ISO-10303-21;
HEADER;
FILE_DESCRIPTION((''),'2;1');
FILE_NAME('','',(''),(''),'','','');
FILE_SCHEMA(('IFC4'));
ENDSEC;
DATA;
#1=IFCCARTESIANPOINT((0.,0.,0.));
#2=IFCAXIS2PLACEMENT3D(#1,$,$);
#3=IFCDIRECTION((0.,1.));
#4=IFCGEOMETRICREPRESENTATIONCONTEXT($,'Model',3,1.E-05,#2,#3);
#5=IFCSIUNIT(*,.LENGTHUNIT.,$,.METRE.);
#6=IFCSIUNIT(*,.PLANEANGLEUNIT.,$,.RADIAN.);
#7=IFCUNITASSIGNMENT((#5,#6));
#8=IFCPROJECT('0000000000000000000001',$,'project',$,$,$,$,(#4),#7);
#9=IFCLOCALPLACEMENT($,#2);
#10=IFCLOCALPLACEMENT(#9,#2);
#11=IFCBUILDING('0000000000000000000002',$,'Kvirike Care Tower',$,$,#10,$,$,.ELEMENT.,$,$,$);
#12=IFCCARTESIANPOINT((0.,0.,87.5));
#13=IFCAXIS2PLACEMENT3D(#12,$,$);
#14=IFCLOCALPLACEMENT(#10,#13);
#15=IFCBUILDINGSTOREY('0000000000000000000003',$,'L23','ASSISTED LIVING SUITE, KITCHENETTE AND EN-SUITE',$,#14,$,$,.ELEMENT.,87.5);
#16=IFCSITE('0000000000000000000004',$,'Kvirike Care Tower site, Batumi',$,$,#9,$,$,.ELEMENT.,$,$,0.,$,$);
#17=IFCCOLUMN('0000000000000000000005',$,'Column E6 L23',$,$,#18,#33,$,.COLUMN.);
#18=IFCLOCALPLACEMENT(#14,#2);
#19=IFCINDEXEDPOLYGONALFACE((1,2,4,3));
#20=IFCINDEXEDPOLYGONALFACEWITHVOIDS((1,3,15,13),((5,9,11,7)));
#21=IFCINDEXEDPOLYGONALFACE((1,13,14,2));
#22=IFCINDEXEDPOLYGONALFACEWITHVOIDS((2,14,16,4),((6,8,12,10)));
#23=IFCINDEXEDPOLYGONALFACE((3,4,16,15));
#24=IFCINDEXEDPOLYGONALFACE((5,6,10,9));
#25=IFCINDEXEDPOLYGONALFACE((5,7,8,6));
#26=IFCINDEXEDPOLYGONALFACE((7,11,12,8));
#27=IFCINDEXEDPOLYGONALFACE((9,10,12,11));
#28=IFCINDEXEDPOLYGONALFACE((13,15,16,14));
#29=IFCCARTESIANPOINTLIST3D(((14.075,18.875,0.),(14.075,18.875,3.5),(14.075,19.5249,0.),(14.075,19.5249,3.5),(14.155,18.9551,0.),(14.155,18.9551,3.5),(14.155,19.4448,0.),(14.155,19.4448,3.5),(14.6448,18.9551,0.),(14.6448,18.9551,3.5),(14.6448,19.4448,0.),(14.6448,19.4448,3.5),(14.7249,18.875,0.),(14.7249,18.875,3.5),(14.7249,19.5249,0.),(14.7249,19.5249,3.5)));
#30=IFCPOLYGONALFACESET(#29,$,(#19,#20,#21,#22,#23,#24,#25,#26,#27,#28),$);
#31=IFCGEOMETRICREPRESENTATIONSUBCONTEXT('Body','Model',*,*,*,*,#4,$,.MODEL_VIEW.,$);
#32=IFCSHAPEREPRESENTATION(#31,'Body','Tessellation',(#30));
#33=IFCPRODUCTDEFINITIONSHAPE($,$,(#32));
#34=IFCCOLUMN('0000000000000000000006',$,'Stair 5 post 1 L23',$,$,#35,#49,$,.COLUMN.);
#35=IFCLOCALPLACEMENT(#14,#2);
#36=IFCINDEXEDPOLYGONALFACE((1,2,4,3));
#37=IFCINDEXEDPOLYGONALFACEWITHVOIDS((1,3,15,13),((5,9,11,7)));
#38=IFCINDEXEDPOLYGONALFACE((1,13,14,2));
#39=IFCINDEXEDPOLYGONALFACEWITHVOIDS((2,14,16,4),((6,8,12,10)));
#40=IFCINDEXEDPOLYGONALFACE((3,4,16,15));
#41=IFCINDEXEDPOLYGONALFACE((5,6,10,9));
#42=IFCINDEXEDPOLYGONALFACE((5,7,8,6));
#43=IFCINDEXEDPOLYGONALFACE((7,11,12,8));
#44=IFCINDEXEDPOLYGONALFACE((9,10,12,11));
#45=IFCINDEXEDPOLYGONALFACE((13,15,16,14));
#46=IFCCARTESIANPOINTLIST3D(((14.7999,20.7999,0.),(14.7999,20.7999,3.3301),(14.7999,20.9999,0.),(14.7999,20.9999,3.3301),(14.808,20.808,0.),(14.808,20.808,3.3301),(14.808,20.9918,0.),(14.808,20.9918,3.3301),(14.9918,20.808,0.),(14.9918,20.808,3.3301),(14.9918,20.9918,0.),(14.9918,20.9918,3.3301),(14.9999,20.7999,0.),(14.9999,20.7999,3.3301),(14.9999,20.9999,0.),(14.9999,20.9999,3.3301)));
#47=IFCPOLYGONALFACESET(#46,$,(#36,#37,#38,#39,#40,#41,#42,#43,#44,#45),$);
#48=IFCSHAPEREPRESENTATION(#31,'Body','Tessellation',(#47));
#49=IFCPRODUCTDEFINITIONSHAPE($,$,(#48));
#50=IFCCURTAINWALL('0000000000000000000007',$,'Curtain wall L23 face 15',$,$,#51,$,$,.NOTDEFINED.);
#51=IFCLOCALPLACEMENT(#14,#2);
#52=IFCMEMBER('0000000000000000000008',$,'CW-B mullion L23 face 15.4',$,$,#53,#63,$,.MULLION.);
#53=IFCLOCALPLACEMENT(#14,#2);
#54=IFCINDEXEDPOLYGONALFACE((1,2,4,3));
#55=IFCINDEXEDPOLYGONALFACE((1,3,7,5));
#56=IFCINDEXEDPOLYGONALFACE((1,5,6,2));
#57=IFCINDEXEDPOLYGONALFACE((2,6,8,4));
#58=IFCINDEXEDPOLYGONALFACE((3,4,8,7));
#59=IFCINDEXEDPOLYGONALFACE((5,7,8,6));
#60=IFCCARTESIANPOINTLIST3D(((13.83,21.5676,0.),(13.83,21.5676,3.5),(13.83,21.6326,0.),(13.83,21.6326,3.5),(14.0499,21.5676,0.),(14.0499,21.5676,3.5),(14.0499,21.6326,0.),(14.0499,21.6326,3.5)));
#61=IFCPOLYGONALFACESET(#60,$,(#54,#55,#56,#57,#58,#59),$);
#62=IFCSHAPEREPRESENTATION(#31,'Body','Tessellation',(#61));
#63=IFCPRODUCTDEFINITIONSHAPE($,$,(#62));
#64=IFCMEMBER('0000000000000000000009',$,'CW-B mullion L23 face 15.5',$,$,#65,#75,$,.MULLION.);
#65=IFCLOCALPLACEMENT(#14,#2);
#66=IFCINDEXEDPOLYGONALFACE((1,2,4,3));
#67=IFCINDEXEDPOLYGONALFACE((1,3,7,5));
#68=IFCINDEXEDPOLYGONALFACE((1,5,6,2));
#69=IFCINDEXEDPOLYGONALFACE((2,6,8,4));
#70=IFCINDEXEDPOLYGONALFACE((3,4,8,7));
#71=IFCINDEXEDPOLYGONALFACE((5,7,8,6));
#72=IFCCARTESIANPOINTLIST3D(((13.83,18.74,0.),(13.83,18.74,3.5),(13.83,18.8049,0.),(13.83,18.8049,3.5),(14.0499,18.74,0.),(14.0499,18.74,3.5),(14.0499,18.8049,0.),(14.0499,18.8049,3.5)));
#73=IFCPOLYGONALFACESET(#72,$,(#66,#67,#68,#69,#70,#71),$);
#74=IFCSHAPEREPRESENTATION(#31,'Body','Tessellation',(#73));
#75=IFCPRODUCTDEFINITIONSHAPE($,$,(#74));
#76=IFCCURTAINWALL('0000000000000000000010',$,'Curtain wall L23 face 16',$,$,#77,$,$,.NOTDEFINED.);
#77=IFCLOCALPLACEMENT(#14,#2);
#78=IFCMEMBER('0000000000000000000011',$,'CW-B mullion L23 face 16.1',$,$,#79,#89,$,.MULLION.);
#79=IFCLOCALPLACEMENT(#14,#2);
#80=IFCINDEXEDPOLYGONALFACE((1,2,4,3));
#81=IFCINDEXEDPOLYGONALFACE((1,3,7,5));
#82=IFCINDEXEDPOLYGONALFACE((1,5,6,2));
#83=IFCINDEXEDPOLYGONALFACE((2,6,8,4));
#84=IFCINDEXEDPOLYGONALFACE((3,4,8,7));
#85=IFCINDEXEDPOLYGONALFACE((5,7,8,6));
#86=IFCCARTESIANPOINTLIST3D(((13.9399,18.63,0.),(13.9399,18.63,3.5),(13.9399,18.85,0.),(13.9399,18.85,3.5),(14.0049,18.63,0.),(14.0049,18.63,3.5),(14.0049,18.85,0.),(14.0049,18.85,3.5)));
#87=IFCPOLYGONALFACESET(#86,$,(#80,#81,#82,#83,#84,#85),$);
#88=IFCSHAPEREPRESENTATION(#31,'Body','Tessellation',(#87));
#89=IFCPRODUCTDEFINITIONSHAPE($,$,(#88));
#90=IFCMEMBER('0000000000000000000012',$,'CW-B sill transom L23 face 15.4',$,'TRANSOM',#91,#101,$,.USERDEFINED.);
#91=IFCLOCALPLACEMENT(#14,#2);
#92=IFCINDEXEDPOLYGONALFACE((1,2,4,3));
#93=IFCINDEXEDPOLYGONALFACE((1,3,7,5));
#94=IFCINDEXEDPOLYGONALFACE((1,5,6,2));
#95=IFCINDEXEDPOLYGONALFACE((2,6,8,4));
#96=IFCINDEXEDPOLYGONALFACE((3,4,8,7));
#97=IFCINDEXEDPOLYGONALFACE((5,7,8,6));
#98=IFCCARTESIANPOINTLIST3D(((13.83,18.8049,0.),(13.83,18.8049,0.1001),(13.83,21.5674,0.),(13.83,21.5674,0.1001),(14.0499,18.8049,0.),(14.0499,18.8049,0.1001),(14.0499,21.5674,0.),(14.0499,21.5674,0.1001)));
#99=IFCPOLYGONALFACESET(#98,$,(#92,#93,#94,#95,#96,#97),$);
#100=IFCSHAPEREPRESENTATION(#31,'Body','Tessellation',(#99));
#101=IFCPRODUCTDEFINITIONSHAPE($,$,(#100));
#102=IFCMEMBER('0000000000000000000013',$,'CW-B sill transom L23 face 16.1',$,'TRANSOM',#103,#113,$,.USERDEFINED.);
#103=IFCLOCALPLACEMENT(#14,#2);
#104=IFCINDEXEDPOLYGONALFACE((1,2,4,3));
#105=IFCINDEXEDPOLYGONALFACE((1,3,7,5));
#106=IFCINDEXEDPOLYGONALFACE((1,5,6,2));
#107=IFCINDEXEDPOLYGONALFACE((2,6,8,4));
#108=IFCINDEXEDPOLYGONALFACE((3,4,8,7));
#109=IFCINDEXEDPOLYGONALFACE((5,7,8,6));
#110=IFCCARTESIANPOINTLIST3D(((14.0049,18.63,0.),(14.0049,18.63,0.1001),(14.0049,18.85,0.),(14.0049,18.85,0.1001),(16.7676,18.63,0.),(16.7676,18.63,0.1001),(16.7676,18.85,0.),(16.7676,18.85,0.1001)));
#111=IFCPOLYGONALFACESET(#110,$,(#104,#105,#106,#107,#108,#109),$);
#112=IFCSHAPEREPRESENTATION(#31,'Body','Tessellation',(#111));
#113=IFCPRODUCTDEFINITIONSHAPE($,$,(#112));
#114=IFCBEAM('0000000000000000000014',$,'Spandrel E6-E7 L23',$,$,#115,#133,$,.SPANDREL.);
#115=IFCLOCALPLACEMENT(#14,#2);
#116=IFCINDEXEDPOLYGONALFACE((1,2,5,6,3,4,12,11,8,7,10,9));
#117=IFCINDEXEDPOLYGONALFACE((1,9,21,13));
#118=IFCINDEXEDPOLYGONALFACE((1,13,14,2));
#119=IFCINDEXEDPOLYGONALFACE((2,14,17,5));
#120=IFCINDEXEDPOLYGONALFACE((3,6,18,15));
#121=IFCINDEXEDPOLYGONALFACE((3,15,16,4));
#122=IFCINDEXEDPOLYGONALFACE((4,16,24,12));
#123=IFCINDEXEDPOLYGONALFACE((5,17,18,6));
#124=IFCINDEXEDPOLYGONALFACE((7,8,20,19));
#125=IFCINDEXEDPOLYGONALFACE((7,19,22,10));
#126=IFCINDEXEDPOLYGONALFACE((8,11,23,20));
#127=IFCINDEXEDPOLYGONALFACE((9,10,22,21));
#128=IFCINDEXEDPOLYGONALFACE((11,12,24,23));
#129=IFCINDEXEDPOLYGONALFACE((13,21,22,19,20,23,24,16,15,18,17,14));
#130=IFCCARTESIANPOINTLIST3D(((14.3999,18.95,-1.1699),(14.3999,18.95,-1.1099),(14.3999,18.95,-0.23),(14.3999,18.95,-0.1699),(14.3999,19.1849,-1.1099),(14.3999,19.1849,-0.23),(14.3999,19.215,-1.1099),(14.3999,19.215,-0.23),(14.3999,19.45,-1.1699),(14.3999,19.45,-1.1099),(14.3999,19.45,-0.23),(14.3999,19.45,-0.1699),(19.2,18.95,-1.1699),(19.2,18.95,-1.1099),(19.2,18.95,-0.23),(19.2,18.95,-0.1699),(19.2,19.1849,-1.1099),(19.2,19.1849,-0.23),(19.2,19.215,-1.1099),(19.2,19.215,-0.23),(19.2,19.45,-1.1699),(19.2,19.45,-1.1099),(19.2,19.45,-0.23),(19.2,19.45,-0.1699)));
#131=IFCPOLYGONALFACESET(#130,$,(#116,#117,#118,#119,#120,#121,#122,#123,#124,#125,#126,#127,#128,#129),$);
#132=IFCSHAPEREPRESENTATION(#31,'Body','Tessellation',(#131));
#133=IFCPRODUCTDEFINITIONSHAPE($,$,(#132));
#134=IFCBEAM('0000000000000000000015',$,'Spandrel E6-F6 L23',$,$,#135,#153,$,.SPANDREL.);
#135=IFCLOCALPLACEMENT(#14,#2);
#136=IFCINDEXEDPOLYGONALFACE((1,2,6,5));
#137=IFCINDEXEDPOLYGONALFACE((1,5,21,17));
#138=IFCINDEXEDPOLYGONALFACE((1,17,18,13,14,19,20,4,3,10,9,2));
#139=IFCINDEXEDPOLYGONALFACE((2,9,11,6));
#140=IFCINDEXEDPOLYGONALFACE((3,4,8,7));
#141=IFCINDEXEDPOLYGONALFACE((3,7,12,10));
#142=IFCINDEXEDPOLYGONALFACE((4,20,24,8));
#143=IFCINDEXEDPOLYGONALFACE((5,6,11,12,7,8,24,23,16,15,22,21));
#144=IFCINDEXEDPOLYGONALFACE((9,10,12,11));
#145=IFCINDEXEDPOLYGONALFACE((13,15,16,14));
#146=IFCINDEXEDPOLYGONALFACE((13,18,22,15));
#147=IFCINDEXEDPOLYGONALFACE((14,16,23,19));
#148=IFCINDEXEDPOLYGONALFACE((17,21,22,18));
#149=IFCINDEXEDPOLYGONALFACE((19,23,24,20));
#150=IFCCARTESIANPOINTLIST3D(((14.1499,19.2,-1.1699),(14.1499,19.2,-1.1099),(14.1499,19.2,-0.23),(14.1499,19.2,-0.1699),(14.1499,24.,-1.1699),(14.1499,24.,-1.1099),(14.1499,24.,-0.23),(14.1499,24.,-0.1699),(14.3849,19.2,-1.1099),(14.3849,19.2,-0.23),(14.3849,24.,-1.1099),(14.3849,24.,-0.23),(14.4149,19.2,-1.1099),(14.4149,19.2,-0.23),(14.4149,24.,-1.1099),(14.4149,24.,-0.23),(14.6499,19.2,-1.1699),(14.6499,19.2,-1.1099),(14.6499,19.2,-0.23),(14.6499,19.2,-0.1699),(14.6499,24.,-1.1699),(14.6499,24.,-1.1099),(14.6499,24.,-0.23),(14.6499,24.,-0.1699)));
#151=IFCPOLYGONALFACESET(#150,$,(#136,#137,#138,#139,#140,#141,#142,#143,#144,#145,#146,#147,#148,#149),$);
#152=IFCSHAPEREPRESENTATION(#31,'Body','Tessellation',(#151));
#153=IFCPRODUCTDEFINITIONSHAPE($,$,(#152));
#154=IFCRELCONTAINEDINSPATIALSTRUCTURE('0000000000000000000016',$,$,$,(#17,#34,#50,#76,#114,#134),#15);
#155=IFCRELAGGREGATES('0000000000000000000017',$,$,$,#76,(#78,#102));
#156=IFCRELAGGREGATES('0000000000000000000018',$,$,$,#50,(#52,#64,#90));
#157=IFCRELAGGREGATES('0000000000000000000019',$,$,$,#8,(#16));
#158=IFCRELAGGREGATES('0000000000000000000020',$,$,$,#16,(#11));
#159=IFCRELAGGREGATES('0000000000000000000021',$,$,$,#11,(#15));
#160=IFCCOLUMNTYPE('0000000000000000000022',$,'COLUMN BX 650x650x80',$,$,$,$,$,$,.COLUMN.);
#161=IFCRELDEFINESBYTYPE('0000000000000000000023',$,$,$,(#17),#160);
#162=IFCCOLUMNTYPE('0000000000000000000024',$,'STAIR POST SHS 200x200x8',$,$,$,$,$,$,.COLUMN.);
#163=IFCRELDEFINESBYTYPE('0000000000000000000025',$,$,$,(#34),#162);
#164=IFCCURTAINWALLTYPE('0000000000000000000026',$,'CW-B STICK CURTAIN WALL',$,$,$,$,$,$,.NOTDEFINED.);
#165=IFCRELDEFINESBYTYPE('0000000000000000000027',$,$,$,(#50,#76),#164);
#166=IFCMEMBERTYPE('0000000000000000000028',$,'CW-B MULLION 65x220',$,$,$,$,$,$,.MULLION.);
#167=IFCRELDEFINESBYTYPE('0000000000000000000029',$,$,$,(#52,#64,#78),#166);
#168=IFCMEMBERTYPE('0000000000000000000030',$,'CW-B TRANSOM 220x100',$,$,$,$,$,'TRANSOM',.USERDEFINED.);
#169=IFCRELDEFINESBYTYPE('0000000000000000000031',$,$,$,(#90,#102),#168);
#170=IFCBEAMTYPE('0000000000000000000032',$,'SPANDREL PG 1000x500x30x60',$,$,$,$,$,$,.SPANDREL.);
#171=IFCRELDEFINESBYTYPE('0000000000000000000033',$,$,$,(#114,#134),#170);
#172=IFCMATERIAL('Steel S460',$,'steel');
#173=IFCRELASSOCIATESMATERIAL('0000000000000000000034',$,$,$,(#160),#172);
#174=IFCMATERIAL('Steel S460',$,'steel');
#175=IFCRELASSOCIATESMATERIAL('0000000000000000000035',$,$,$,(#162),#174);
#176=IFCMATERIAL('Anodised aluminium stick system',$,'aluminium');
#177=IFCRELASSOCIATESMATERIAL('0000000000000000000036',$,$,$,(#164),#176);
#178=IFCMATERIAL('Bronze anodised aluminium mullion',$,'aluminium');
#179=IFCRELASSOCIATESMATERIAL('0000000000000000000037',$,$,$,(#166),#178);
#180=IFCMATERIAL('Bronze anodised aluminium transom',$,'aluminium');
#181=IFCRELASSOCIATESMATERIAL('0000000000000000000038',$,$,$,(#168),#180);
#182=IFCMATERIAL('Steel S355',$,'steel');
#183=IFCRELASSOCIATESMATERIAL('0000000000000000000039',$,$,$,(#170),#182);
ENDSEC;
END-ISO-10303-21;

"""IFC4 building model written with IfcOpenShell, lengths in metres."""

from ifc_helpers import new_model, si_unit, direction, frame, origin, origin_2d, place, context, subcontext, project, spatial, rectangle, hollow_rectangle, i_section, extrude, material, material_profile, profile_set, type_object, element, aggregate, save


model = new_model("IFC4")

# Units and contexts
model_context = context("Model", 3, precision=1e-05, world=origin(), true_north=direction((0.0, 1.0)))
body_context = subcontext(model_context, "Body", "Model", "MODEL_VIEW")
ifc_project = project(units=[si_unit("LENGTHUNIT", "METRE"), si_unit("PLANEANGLEUNIT", "RADIAN")], contexts=[model_context])

# Site, building, storey
site_placement = place(None, origin())
site = spatial("IfcSite", under=ifc_project, at=site_placement, Name="Kvirike Care Tower site, Batumi", CompositionType="ELEMENT", RefElevation=0.0)
building_placement = place(site_placement, origin())
building = spatial("IfcBuilding", under=site, at=building_placement, Name="Kvirike Care Tower", CompositionType="ELEMENT")
storey_placement = place(building_placement, frame((0.0, 0.0, 87.5)))
storey = spatial("IfcBuildingStorey", under=building, at=storey_placement, Name="L23", Description="ASSISTED LIVING SUITE, KITCHENETTE AND EN-SUITE", CompositionType="ELEMENT", Elevation=87.5)

# Columns
ifc_material_1 = material(Name="Steel S460", Category="steel")
ifc_material_profile_1 = material_profile(ifc_material_1, hollow_rectangle(XDim=0.6499, YDim=0.6499, WallThickness=0.0801, at=origin_2d()), Name="BX 650x650x80")
ifc_profile_set_1 = profile_set([ifc_material_profile_1], Name="Steel S460")
column_type_1 = type_object("IfcColumnType", Name="COLUMN BX 650x650x80", PredefinedType="COLUMN", material=ifc_profile_set_1)
column_1_placement = place(storey_placement, frame((14.3999, 19.2, 0.0), z_axis=(0.0, 0.0, 1.0), x_axis=(0.0, 1.0, 0.0)))
element("IfcColumn", 1, at=column_1_placement, inside=storey, type_object=column_type_1, Name="Column E6 L23", PredefinedType="COLUMN", context=body_context, shape_type="SweptSolid", body=[
    extrude(hollow_rectangle(XDim=0.6499, YDim=0.6499, WallThickness=0.0801, at=origin_2d()), origin(), (0.0, 0.0, 1.0), 3.5),
])
ifc_material_2 = material(Name="Steel S460", Category="steel")
ifc_material_profile_2 = material_profile(ifc_material_2, hollow_rectangle(XDim=0.2, YDim=0.2, WallThickness=0.0081, at=origin_2d()), Name="SHS 200x200x8")
ifc_profile_set_2 = profile_set([ifc_material_profile_2], Name="Steel S460")
column_type_2 = type_object("IfcColumnType", Name="STAIR POST SHS 200x200x8", PredefinedType="COLUMN", material=ifc_profile_set_2)
column_2_placement = place(storey_placement, frame((14.8999, 20.8999, 0.0), z_axis=(0.0, 0.0, 1.0), x_axis=(1.0, 0.0, 0.0)))
element("IfcColumn", 2, at=column_2_placement, inside=storey, type_object=column_type_2, Name="Stair 5 post 1 L23", PredefinedType="COLUMN", context=body_context, shape_type="SweptSolid", body=[
    extrude(hollow_rectangle(XDim=0.2, YDim=0.2, WallThickness=0.0081, at=origin_2d()), origin(), (0.0, 0.0, 1.0), 3.3301),
])

# Curtain wall, members
ifc_material_3 = material(Name="Anodised aluminium stick system", Category="aluminium")
curtain_wall_type = type_object("IfcCurtainWallType", Name="CW-B STICK CURTAIN WALL", PredefinedType="NOTDEFINED", material=ifc_material_3)
curtain_wall_1_placement = place(storey_placement, origin())
curtain_wall_1 = element("IfcCurtainWall", 3, at=curtain_wall_1_placement, inside=storey, type_object=curtain_wall_type, Name="Curtain wall L23 face 15", PredefinedType="NOTDEFINED")
ifc_material_4 = material(Name="Bronze anodised aluminium mullion", Category="aluminium")
ifc_material_profile_3 = material_profile(ifc_material_4, rectangle(XDim=0.0649, YDim=0.22, at=origin_2d()), Name="CW-B MULLION 65x220")
ifc_profile_set_3 = profile_set([ifc_material_profile_3], Name="Bronze anodised aluminium mullion")
member_type_1 = type_object("IfcMemberType", Name="CW-B MULLION 65x220", PredefinedType="MULLION", material=ifc_profile_set_3)
member_1_placement = place(storey_placement, frame((13.9399, 21.6001, 0.0), z_axis=(0.0, 0.0, 1.0), x_axis=(0.0, -1.0, 0.0)))
member_1 = element("IfcMember", 4, at=member_1_placement, type_object=member_type_1, Name="CW-B mullion L23 face 15.4", PredefinedType="MULLION", context=body_context, shape_type="SweptSolid", body=[
    extrude(rectangle(XDim=0.0649, YDim=0.22, at=origin_2d()), origin(), (0.0, 0.0, 1.0), 3.5),
])
member_2_placement = place(storey_placement, frame((13.9399, 18.7725, 0.0), z_axis=(0.0, 0.0, 1.0), x_axis=(0.0, -1.0, 0.0)))
member_2 = element("IfcMember", 5, at=member_2_placement, type_object=member_type_1, Name="CW-B mullion L23 face 15.5", PredefinedType="MULLION", context=body_context, shape_type="SweptSolid", body=[
    extrude(rectangle(XDim=0.0649, YDim=0.22, at=origin_2d()), origin(), (0.0, 0.0, 1.0), 3.5),
])

# Curtain wall, member
curtain_wall_2_placement = place(storey_placement, origin())
curtain_wall_2 = element("IfcCurtainWall", 6, at=curtain_wall_2_placement, inside=storey, type_object=curtain_wall_type, Name="Curtain wall L23 face 16", PredefinedType="NOTDEFINED")
member_3_placement = place(storey_placement, frame((13.9724, 18.74, 0.0), z_axis=(0.0, 0.0, 1.0), x_axis=(1.0, 0.0, 0.0)))
member_3 = element("IfcMember", 7, at=member_3_placement, type_object=member_type_1, Name="CW-B mullion L23 face 16.1", PredefinedType="MULLION", context=body_context, shape_type="SweptSolid", body=[
    extrude(rectangle(XDim=0.0649, YDim=0.22, at=origin_2d()), origin(), (0.0, 0.0, 1.0), 3.5),
])

# Members
ifc_material_5 = material(Name="Bronze anodised aluminium transom", Category="aluminium")
ifc_material_profile_4 = material_profile(ifc_material_5, rectangle(XDim=0.22, YDim=0.1001, at=origin_2d()), Name="CW-B TRANSOM 220x100")
ifc_profile_set_4 = profile_set([ifc_material_profile_4], Name="Bronze anodised aluminium transom")
member_type_2 = type_object("IfcMemberType", Name="CW-B TRANSOM 220x100", ElementType="TRANSOM", PredefinedType="USERDEFINED", material=ifc_profile_set_4)
member_4_placement = place(storey_placement, frame((13.9399, 21.5674, 0.05), z_axis=(0.0, -1.0, 0.0), x_axis=(1.0, 0.0, 0.0)))
member_4 = element("IfcMember", 8, at=member_4_placement, type_object=member_type_2, Name="CW-B sill transom L23 face 15.4", ObjectType="TRANSOM", PredefinedType="USERDEFINED", context=body_context, shape_type="SweptSolid", body=[
    extrude(rectangle(XDim=0.22, YDim=0.1001, at=origin_2d()), origin(), (0.0, 0.0, 1.0), 2.7625),
])
member_5_placement = place(storey_placement, frame((14.0049, 18.74, 0.05), z_axis=(1.0, 0.0, 0.0), x_axis=(0.0, 1.0, 0.0)))
member_5 = element("IfcMember", 9, at=member_5_placement, type_object=member_type_2, Name="CW-B sill transom L23 face 16.1", ObjectType="TRANSOM", PredefinedType="USERDEFINED", context=body_context, shape_type="SweptSolid", body=[
    extrude(rectangle(XDim=0.22, YDim=0.1001, at=origin_2d()), origin(), (0.0, 0.0, 1.0), 2.7627),
])
aggregate(curtain_wall_2, [member_3, member_5])

# Beams
ifc_material_6 = material(Name="Steel S355", Category="steel")
ifc_material_profile_5 = material_profile(ifc_material_6, i_section(OverallWidth=0.5, OverallDepth=1.0, WebThickness=0.03, FlangeThickness=0.0601, at=origin_2d()), Name="PG 1000x500x30x60")
ifc_profile_set_5 = profile_set([ifc_material_profile_5], Name="Steel S355")
beam_type = type_object("IfcBeamType", Name="SPANDREL PG 1000x500x30x60", PredefinedType="SPANDREL", material=ifc_profile_set_5)
for number, where, z_axis, x_axis, name in (
    (10, (14.3999, 19.2, -0.6699), (1.0, 0.0, 0.0), (0.0, 1.0, 0.0), "Spandrel E6-E7 L23"),
    (11, (14.3999, 19.2, -0.6699), (0.0, 1.0, 0.0), (-1.0, 0.0, 0.0), "Spandrel E6-F6 L23"),
):
    element("IfcBeam", number, at=place(storey_placement, frame(where, z_axis=z_axis, x_axis=x_axis)), inside=storey, type_object=beam_type, Name=name, PredefinedType="SPANDREL", context=body_context, shape_type="SweptSolid", body=[
        extrude(i_section(OverallWidth=0.5, OverallDepth=1.0, WebThickness=0.03, FlangeThickness=0.0601, at=origin_2d()), origin(), (0.0, 0.0, 1.0), 4.8),
    ])

aggregate(curtain_wall_1, [member_1, member_2, member_4])

save(model, "model.ifc")
